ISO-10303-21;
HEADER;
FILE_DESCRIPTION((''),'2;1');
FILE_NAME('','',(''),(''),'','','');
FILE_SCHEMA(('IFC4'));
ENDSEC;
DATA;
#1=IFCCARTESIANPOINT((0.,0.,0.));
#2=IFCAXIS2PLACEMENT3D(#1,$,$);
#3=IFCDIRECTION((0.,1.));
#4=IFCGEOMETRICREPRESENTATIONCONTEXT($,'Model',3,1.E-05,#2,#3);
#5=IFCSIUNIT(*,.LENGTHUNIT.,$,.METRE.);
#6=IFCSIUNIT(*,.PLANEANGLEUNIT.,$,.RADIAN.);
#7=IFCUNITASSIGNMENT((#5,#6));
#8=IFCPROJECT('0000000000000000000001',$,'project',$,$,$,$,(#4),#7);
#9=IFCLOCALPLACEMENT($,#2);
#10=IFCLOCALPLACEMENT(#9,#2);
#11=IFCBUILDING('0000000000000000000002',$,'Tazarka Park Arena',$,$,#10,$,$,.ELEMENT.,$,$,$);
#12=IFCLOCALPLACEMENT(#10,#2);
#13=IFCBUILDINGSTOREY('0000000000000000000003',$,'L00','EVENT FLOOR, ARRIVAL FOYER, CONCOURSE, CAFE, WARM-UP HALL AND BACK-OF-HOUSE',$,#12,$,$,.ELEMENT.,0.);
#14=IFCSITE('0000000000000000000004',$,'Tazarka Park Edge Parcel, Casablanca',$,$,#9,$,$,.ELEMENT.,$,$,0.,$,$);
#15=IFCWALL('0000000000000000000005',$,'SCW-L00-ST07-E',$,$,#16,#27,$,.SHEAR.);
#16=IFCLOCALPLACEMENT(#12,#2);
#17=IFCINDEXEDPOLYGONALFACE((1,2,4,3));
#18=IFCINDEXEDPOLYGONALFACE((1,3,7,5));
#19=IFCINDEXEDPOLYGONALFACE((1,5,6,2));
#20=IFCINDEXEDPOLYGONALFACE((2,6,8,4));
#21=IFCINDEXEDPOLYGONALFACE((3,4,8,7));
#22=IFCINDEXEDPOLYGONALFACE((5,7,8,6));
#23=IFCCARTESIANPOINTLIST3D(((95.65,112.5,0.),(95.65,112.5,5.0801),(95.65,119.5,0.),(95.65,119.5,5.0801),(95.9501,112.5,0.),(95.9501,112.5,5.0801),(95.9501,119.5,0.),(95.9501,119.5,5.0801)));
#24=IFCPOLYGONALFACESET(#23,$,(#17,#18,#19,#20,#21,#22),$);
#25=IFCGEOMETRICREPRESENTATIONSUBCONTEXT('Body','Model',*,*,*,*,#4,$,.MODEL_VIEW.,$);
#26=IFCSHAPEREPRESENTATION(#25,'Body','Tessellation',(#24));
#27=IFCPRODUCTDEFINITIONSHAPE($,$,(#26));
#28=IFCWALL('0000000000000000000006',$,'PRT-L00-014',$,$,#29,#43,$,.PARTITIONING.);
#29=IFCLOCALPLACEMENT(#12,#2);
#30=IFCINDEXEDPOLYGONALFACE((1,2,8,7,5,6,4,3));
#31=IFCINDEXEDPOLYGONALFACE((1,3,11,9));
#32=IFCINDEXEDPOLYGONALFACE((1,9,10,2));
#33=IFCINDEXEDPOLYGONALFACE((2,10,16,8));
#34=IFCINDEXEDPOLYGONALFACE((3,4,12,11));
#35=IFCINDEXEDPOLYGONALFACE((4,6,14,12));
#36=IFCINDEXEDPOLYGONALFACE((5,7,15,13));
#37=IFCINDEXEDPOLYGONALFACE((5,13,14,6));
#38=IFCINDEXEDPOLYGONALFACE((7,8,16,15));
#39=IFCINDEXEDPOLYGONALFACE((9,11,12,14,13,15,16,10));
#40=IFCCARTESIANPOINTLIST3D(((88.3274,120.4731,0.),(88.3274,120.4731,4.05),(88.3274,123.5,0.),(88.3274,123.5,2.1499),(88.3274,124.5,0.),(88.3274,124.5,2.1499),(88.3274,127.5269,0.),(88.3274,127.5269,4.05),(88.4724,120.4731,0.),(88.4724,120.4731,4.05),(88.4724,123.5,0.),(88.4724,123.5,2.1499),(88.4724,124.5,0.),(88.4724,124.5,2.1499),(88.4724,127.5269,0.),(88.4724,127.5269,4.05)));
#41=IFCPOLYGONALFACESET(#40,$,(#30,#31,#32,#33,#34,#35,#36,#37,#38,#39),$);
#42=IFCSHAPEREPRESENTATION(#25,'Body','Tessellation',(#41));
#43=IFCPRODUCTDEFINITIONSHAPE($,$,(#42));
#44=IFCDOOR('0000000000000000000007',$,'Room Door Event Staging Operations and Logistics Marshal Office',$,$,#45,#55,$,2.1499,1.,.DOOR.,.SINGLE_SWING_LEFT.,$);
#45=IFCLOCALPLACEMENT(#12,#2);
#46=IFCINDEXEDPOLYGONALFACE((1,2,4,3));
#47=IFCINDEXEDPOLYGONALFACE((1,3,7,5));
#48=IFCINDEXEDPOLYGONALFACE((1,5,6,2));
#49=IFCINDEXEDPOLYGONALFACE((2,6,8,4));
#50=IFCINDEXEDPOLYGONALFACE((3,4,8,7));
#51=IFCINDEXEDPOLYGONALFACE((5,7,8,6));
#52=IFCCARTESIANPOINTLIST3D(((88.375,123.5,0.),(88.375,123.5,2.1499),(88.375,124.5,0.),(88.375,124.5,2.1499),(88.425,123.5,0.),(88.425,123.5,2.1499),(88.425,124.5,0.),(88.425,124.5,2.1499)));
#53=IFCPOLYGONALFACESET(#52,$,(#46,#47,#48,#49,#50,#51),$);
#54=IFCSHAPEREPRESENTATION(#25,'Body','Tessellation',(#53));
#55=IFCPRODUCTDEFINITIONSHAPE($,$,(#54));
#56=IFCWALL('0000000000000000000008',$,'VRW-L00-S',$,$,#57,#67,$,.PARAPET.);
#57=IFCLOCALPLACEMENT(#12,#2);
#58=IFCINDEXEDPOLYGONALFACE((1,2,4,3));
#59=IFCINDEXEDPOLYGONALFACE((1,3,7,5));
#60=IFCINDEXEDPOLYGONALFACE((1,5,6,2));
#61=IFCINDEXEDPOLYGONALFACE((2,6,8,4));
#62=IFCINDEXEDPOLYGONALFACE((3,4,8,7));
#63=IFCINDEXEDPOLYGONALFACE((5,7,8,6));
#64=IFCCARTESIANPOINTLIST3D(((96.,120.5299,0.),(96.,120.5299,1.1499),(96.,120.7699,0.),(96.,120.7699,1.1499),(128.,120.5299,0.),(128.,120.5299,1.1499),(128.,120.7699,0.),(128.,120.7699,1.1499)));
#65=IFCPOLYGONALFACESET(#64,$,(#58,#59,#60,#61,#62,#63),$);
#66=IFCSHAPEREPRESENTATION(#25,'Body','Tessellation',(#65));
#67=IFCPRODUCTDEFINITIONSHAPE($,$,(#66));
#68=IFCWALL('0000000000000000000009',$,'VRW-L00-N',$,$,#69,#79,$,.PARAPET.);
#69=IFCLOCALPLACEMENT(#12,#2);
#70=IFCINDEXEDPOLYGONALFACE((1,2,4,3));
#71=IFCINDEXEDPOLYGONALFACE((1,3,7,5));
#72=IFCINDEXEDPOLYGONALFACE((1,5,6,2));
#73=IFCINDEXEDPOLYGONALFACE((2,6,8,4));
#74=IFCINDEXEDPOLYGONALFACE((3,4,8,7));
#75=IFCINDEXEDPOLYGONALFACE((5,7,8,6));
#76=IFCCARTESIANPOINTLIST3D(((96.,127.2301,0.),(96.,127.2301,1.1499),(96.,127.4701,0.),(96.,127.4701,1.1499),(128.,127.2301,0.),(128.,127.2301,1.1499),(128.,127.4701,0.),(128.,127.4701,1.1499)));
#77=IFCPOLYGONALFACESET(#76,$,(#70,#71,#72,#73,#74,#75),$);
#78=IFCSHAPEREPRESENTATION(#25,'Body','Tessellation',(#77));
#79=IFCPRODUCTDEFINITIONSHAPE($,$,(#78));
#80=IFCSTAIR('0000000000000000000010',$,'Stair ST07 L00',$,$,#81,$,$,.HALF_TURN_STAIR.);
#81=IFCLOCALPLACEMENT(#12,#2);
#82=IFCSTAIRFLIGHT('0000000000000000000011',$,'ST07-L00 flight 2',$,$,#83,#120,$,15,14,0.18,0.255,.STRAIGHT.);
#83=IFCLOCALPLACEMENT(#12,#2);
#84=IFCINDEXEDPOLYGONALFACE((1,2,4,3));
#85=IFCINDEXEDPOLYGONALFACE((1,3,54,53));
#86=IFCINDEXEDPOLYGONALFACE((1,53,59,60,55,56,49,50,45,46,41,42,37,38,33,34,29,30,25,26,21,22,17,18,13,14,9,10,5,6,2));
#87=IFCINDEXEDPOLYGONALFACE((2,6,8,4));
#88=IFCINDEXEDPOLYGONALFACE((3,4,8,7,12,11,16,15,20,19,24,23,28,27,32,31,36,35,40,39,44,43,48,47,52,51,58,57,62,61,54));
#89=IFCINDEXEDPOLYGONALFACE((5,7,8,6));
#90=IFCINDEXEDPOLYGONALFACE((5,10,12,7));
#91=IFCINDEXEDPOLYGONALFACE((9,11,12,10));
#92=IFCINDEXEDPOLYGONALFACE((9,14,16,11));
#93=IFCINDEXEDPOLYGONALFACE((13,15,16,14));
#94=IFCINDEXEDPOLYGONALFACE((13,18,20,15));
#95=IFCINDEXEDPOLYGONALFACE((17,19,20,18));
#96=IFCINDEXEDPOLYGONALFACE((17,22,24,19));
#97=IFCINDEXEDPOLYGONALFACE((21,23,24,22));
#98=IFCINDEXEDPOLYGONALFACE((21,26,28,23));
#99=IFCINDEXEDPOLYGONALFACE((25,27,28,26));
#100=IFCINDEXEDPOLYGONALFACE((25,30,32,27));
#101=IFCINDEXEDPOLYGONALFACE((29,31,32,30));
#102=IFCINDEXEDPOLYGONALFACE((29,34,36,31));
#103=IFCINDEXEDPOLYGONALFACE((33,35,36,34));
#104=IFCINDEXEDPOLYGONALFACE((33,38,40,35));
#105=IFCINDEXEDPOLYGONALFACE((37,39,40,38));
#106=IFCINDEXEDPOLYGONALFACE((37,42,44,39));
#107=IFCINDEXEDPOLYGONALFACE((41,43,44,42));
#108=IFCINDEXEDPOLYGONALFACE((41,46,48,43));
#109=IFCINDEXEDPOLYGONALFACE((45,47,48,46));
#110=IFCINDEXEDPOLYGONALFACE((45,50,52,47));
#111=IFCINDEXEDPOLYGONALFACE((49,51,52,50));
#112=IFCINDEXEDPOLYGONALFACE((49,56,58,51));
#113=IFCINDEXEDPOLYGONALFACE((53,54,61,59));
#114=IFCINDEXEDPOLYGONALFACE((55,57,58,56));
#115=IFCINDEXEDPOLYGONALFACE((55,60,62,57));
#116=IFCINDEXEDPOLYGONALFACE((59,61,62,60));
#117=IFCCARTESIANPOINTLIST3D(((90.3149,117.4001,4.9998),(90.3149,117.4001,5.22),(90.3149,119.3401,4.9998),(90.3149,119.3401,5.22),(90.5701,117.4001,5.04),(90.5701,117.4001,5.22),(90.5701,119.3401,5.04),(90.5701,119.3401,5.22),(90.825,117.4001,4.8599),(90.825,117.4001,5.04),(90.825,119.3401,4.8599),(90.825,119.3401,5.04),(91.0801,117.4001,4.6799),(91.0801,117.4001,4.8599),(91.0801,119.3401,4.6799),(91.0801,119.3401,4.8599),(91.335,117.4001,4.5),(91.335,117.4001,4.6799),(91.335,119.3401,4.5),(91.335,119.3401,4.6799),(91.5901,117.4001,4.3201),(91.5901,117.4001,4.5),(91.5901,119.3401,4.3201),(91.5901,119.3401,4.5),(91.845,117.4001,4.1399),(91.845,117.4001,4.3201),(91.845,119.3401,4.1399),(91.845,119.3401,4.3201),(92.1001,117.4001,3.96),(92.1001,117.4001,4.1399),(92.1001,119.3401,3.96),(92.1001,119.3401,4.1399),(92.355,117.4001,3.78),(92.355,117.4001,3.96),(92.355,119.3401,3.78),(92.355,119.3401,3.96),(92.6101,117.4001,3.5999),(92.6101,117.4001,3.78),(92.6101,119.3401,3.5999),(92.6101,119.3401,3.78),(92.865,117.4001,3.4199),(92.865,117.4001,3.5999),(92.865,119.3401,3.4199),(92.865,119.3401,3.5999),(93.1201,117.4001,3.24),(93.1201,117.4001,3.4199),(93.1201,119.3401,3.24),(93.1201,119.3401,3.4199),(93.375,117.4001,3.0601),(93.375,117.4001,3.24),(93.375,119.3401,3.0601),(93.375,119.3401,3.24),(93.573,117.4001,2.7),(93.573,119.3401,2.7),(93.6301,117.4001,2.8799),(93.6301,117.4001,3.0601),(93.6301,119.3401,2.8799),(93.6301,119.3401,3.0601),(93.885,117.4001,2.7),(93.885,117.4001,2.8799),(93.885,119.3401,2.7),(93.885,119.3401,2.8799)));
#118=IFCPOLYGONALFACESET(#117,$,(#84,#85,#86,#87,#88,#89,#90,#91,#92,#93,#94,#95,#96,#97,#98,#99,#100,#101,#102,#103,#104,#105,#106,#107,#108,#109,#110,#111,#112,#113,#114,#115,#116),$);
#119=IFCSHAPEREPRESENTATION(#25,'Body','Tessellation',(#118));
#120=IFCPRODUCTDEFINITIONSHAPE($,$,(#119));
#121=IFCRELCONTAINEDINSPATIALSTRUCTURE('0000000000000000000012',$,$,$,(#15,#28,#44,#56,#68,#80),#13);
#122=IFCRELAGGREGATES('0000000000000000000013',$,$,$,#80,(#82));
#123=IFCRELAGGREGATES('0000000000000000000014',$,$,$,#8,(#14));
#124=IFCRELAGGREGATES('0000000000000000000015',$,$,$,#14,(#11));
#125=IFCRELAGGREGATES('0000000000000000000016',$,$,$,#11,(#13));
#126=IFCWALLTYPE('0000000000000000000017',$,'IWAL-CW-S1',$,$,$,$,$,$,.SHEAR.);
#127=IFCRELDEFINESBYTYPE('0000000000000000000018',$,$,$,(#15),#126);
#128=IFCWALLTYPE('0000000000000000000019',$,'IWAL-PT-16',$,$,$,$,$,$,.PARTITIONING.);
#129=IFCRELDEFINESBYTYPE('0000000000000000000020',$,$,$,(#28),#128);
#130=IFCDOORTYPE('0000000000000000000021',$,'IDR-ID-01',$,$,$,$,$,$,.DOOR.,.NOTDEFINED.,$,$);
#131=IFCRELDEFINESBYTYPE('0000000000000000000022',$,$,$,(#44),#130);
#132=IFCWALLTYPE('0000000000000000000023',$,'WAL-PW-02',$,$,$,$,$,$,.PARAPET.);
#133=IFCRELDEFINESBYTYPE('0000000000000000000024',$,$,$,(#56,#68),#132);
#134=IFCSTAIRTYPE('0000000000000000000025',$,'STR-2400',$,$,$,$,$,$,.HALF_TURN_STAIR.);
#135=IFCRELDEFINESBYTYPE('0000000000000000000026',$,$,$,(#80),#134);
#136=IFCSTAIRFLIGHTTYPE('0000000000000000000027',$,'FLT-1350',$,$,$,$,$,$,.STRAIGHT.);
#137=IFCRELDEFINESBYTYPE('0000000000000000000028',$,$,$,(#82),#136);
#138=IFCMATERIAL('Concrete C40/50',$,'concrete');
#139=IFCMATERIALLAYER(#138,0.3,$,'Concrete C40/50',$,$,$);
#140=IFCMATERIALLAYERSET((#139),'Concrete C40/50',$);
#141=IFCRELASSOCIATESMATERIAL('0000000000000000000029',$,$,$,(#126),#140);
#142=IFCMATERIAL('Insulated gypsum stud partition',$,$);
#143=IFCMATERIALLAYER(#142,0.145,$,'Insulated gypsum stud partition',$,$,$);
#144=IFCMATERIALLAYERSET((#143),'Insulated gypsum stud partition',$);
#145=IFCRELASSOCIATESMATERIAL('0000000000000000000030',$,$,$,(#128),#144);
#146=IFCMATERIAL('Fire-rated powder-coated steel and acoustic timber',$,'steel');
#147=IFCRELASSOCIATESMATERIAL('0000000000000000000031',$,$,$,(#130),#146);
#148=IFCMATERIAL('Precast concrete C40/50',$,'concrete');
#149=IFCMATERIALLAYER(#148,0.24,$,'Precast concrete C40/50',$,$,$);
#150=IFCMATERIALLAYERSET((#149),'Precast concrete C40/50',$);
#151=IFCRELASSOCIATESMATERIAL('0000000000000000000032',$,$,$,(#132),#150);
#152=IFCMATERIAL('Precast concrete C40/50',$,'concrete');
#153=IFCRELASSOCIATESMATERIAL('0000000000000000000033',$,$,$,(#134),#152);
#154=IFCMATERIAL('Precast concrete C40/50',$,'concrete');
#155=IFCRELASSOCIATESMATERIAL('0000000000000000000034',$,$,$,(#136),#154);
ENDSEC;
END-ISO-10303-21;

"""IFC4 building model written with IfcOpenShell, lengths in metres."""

from ifc_helpers import new_model, si_unit, direction, frame, frame_2d, origin, place, context, subcontext, project, spatial, polyline, rectangle, outline, extrude, material, layer, layer_set, type_object, element, fill, aggregate, save


model = new_model("IFC4")

# Units and contexts
model_context = context("Model", 3, precision=1e-05, world=origin(), true_north=direction((0.0, 1.0)))
body_context = subcontext(model_context, "Body", "Model", "MODEL_VIEW")
ifc_project = project(units=[si_unit("LENGTHUNIT", "METRE"), si_unit("PLANEANGLEUNIT", "RADIAN")], contexts=[model_context])

# Site, building, storey
site_placement = place(None, origin())
site = spatial("IfcSite", under=ifc_project, at=site_placement, Name="Tazarka Park Edge Parcel, Casablanca", CompositionType="ELEMENT", RefElevation=0.0)
building_placement = place(site_placement, origin())
building = spatial("IfcBuilding", under=site, at=building_placement, Name="Tazarka Park Arena", CompositionType="ELEMENT")
storey_placement = place(building_placement, origin())
storey = spatial("IfcBuildingStorey", under=building, at=storey_placement, Name="L00", Description="EVENT FLOOR, ARRIVAL FOYER, CONCOURSE, CAFE, WARM-UP HALL AND BACK-OF-HOUSE", CompositionType="ELEMENT", Elevation=0.0)

# Wall
ifc_material_1 = material(Name="Concrete C40/50", Category="concrete")
ifc_layer_1 = layer(ifc_material_1, 0.3, Name="Concrete C40/50")
ifc_layer_set_1 = layer_set([ifc_layer_1], Name="Concrete C40/50")
wall_type_1 = type_object("IfcWallType", Name="IWAL-CW-S1", PredefinedType="SHEAR", material=ifc_layer_set_1)
wall_1_placement = place(storey_placement, frame((95.8, 119.5, 0.0), z_axis=(0.0, 0.0, 1.0), x_axis=(0.0, -1.0, 0.0)))
element("IfcWall", 1, at=wall_1_placement, inside=storey, type_object=wall_type_1, Name="SCW-L00-ST07-E", PredefinedType="SHEAR", context=body_context, shape_type="SweptSolid", body=[
    extrude(rectangle(XDim=7.0, YDim=0.3, at=frame_2d((3.5, 0.0))), origin(), (0.0, 0.0, 1.0), 5.0801),
])

# Wall, opening, door
ifc_material_2 = material(Name="Insulated gypsum stud partition")
ifc_layer_2 = layer(ifc_material_2, 0.145, Name="Insulated gypsum stud partition")
ifc_layer_set_2 = layer_set([ifc_layer_2], Name="Insulated gypsum stud partition")
wall_type_2 = type_object("IfcWallType", Name="IWAL-PT-16", PredefinedType="PARTITIONING", material=ifc_layer_set_2)
wall_2_placement = place(storey_placement, frame((88.3999, 120.4731, 0.0), z_axis=(0.0, 0.0, 1.0), x_axis=(0.0, 1.0, 0.0)))
wall_2 = element("IfcWall", 2, at=wall_2_placement, inside=storey, type_object=wall_type_2, Name="PRT-L00-014", PredefinedType="PARTITIONING", context=body_context, shape_type="SweptSolid", body=[
    extrude(rectangle(XDim=7.0537, YDim=0.145, at=frame_2d((3.5269, 0.0))), origin(), (0.0, 0.0, 1.0), 4.05),
])
opening_1_placement = place(wall_2_placement, frame((3.0269, 0.0, 0.0)))
opening_1 = element("IfcOpeningElement", 3, at=opening_1_placement, cuts=wall_2, PredefinedType="OPENING", context=body_context, shape_type="SweptSolid", body=[
    extrude(rectangle(XDim=1.0, YDim=2.1499, at=frame_2d((0.5, 1.075))), frame((0.0, 0.0825, 0.0), z_axis=(0.0, -1.0, 0.0), x_axis=(1.0, 0.0, 0.0)), (0.0, 0.0, 1.0), 0.165),
])
ifc_material_3 = material(Name="Fire-rated powder-coated steel and acoustic timber", Category="steel")
door_type_1 = type_object("IfcDoorType", Name="IDR-ID-01", OperationType="NOTDEFINED", PredefinedType="DOOR", material=ifc_material_3)
door_1_placement = place(opening_1_placement, origin())
door_1 = element("IfcDoor", 4, at=door_1_placement, inside=storey, type_object=door_type_1, Name="Room Door Event Staging Operations and Logistics Marshal Office", OperationType="SINGLE_SWING_LEFT", OverallHeight=2.1499, OverallWidth=1.0, PredefinedType="DOOR", context=body_context, shape_type="SweptSolid", body=[
    extrude(rectangle(XDim=1.0, YDim=2.1499, at=frame_2d((0.5, 1.075))), frame((0.0, 0.0249, 0.0), z_axis=(0.0, -1.0, 0.0), x_axis=(1.0, 0.0, 0.0)), (0.0, 0.0, 1.0), 0.05),
])
fill(opening_1, door_1)

# Walls
ifc_material_4 = material(Name="Precast concrete C40/50", Category="concrete")
ifc_layer_3 = layer(ifc_material_4, 0.24, Name="Precast concrete C40/50")
ifc_layer_set_3 = layer_set([ifc_layer_3], Name="Precast concrete C40/50")
wall_type_3 = type_object("IfcWallType", Name="WAL-PW-02", PredefinedType="PARAPET", material=ifc_layer_set_3)
for number, where, z_axis, x_axis, name in (
    (5, (96.0, 120.6499, 0.0), (0.0, 0.0, 1.0), (1.0, 0.0, 0.0), "VRW-L00-S"),
    (6, (96.0, 127.3501, 0.0), (0.0, 0.0, 1.0), (1.0, 0.0, 0.0), "VRW-L00-N"),
):
    element("IfcWall", number, at=place(storey_placement, frame(where, z_axis=z_axis, x_axis=x_axis)), inside=storey, type_object=wall_type_3, Name=name, PredefinedType="PARAPET", context=body_context, shape_type="SweptSolid", body=[
        extrude(rectangle(XDim=32.0, YDim=0.24, at=frame_2d((16.0, 0.0))), origin(), (0.0, 0.0, 1.0), 1.1499),
    ])

# Stair, stair flight
ifc_material_5 = material(Name="Precast concrete C40/50", Category="concrete")
stair_type = type_object("IfcStairType", Name="STR-2400", PredefinedType="HALF_TURN_STAIR", material=ifc_material_5)
stair_placement = place(storey_placement, origin())
stair = element("IfcStair", 7, at=stair_placement, inside=storey, type_object=stair_type, Name="Stair ST07 L00", PredefinedType="HALF_TURN_STAIR")
ifc_material_6 = material(Name="Precast concrete C40/50", Category="concrete")
stair_flight_type = type_object("IfcStairFlightType", Name="FLT-1350", PredefinedType="STRAIGHT", material=ifc_material_6)
stair_flight_placement = place(storey_placement, frame((93.885, 118.3701, 2.7), z_axis=(0.0, 0.0, 1.0), x_axis=(-1.0, 0.0, 0.0)))
stair_flight = element("IfcStairFlight", 8, at=stair_flight_placement, type_object=stair_flight_type, Name="ST07-L00 flight 2", NumberOfRisers=15, NumberOfTreads=14, PredefinedType="STRAIGHT", RiserHeight=0.18, TreadLength=0.255, context=body_context, shape_type="SweptSolid", body=[
    extrude(outline(polyline([(0.0, 0.0), (0.0, 0.1799), (0.2549, 0.1799), (0.2549, 0.3601), (0.51, 0.3601), (0.51, 0.54), (0.7649, 0.54), (0.7649, 0.72), (1.02, 0.72), (1.02, 0.8999), (1.2749, 0.8999), (1.2749, 1.0801), (1.53, 1.0801), (1.53, 1.26), (1.7849, 1.26), (1.7849, 1.4399), (2.04, 1.4399), (2.04, 1.6201), (2.2949, 1.6201), (2.2949, 1.8), (2.55, 1.8), (2.55, 1.98), (2.8049, 1.98), (2.8049, 2.1599), (3.0601, 2.1599), (3.0601, 2.3401), (3.3149, 2.3401), (3.3149, 2.52), (3.5701, 2.52), (3.5701, 2.7), (3.5701, 2.2998), (0.312, 0.0), (0.0, 0.0)])), frame((0.0, 0.97, 0.0), z_axis=(0.0, -1.0, 0.0), x_axis=(1.0, 0.0, 0.0)), (0.0, 0.0, 1.0), 1.9399),
])
aggregate(stair, [stair_flight])

save(model, "model.ifc")
